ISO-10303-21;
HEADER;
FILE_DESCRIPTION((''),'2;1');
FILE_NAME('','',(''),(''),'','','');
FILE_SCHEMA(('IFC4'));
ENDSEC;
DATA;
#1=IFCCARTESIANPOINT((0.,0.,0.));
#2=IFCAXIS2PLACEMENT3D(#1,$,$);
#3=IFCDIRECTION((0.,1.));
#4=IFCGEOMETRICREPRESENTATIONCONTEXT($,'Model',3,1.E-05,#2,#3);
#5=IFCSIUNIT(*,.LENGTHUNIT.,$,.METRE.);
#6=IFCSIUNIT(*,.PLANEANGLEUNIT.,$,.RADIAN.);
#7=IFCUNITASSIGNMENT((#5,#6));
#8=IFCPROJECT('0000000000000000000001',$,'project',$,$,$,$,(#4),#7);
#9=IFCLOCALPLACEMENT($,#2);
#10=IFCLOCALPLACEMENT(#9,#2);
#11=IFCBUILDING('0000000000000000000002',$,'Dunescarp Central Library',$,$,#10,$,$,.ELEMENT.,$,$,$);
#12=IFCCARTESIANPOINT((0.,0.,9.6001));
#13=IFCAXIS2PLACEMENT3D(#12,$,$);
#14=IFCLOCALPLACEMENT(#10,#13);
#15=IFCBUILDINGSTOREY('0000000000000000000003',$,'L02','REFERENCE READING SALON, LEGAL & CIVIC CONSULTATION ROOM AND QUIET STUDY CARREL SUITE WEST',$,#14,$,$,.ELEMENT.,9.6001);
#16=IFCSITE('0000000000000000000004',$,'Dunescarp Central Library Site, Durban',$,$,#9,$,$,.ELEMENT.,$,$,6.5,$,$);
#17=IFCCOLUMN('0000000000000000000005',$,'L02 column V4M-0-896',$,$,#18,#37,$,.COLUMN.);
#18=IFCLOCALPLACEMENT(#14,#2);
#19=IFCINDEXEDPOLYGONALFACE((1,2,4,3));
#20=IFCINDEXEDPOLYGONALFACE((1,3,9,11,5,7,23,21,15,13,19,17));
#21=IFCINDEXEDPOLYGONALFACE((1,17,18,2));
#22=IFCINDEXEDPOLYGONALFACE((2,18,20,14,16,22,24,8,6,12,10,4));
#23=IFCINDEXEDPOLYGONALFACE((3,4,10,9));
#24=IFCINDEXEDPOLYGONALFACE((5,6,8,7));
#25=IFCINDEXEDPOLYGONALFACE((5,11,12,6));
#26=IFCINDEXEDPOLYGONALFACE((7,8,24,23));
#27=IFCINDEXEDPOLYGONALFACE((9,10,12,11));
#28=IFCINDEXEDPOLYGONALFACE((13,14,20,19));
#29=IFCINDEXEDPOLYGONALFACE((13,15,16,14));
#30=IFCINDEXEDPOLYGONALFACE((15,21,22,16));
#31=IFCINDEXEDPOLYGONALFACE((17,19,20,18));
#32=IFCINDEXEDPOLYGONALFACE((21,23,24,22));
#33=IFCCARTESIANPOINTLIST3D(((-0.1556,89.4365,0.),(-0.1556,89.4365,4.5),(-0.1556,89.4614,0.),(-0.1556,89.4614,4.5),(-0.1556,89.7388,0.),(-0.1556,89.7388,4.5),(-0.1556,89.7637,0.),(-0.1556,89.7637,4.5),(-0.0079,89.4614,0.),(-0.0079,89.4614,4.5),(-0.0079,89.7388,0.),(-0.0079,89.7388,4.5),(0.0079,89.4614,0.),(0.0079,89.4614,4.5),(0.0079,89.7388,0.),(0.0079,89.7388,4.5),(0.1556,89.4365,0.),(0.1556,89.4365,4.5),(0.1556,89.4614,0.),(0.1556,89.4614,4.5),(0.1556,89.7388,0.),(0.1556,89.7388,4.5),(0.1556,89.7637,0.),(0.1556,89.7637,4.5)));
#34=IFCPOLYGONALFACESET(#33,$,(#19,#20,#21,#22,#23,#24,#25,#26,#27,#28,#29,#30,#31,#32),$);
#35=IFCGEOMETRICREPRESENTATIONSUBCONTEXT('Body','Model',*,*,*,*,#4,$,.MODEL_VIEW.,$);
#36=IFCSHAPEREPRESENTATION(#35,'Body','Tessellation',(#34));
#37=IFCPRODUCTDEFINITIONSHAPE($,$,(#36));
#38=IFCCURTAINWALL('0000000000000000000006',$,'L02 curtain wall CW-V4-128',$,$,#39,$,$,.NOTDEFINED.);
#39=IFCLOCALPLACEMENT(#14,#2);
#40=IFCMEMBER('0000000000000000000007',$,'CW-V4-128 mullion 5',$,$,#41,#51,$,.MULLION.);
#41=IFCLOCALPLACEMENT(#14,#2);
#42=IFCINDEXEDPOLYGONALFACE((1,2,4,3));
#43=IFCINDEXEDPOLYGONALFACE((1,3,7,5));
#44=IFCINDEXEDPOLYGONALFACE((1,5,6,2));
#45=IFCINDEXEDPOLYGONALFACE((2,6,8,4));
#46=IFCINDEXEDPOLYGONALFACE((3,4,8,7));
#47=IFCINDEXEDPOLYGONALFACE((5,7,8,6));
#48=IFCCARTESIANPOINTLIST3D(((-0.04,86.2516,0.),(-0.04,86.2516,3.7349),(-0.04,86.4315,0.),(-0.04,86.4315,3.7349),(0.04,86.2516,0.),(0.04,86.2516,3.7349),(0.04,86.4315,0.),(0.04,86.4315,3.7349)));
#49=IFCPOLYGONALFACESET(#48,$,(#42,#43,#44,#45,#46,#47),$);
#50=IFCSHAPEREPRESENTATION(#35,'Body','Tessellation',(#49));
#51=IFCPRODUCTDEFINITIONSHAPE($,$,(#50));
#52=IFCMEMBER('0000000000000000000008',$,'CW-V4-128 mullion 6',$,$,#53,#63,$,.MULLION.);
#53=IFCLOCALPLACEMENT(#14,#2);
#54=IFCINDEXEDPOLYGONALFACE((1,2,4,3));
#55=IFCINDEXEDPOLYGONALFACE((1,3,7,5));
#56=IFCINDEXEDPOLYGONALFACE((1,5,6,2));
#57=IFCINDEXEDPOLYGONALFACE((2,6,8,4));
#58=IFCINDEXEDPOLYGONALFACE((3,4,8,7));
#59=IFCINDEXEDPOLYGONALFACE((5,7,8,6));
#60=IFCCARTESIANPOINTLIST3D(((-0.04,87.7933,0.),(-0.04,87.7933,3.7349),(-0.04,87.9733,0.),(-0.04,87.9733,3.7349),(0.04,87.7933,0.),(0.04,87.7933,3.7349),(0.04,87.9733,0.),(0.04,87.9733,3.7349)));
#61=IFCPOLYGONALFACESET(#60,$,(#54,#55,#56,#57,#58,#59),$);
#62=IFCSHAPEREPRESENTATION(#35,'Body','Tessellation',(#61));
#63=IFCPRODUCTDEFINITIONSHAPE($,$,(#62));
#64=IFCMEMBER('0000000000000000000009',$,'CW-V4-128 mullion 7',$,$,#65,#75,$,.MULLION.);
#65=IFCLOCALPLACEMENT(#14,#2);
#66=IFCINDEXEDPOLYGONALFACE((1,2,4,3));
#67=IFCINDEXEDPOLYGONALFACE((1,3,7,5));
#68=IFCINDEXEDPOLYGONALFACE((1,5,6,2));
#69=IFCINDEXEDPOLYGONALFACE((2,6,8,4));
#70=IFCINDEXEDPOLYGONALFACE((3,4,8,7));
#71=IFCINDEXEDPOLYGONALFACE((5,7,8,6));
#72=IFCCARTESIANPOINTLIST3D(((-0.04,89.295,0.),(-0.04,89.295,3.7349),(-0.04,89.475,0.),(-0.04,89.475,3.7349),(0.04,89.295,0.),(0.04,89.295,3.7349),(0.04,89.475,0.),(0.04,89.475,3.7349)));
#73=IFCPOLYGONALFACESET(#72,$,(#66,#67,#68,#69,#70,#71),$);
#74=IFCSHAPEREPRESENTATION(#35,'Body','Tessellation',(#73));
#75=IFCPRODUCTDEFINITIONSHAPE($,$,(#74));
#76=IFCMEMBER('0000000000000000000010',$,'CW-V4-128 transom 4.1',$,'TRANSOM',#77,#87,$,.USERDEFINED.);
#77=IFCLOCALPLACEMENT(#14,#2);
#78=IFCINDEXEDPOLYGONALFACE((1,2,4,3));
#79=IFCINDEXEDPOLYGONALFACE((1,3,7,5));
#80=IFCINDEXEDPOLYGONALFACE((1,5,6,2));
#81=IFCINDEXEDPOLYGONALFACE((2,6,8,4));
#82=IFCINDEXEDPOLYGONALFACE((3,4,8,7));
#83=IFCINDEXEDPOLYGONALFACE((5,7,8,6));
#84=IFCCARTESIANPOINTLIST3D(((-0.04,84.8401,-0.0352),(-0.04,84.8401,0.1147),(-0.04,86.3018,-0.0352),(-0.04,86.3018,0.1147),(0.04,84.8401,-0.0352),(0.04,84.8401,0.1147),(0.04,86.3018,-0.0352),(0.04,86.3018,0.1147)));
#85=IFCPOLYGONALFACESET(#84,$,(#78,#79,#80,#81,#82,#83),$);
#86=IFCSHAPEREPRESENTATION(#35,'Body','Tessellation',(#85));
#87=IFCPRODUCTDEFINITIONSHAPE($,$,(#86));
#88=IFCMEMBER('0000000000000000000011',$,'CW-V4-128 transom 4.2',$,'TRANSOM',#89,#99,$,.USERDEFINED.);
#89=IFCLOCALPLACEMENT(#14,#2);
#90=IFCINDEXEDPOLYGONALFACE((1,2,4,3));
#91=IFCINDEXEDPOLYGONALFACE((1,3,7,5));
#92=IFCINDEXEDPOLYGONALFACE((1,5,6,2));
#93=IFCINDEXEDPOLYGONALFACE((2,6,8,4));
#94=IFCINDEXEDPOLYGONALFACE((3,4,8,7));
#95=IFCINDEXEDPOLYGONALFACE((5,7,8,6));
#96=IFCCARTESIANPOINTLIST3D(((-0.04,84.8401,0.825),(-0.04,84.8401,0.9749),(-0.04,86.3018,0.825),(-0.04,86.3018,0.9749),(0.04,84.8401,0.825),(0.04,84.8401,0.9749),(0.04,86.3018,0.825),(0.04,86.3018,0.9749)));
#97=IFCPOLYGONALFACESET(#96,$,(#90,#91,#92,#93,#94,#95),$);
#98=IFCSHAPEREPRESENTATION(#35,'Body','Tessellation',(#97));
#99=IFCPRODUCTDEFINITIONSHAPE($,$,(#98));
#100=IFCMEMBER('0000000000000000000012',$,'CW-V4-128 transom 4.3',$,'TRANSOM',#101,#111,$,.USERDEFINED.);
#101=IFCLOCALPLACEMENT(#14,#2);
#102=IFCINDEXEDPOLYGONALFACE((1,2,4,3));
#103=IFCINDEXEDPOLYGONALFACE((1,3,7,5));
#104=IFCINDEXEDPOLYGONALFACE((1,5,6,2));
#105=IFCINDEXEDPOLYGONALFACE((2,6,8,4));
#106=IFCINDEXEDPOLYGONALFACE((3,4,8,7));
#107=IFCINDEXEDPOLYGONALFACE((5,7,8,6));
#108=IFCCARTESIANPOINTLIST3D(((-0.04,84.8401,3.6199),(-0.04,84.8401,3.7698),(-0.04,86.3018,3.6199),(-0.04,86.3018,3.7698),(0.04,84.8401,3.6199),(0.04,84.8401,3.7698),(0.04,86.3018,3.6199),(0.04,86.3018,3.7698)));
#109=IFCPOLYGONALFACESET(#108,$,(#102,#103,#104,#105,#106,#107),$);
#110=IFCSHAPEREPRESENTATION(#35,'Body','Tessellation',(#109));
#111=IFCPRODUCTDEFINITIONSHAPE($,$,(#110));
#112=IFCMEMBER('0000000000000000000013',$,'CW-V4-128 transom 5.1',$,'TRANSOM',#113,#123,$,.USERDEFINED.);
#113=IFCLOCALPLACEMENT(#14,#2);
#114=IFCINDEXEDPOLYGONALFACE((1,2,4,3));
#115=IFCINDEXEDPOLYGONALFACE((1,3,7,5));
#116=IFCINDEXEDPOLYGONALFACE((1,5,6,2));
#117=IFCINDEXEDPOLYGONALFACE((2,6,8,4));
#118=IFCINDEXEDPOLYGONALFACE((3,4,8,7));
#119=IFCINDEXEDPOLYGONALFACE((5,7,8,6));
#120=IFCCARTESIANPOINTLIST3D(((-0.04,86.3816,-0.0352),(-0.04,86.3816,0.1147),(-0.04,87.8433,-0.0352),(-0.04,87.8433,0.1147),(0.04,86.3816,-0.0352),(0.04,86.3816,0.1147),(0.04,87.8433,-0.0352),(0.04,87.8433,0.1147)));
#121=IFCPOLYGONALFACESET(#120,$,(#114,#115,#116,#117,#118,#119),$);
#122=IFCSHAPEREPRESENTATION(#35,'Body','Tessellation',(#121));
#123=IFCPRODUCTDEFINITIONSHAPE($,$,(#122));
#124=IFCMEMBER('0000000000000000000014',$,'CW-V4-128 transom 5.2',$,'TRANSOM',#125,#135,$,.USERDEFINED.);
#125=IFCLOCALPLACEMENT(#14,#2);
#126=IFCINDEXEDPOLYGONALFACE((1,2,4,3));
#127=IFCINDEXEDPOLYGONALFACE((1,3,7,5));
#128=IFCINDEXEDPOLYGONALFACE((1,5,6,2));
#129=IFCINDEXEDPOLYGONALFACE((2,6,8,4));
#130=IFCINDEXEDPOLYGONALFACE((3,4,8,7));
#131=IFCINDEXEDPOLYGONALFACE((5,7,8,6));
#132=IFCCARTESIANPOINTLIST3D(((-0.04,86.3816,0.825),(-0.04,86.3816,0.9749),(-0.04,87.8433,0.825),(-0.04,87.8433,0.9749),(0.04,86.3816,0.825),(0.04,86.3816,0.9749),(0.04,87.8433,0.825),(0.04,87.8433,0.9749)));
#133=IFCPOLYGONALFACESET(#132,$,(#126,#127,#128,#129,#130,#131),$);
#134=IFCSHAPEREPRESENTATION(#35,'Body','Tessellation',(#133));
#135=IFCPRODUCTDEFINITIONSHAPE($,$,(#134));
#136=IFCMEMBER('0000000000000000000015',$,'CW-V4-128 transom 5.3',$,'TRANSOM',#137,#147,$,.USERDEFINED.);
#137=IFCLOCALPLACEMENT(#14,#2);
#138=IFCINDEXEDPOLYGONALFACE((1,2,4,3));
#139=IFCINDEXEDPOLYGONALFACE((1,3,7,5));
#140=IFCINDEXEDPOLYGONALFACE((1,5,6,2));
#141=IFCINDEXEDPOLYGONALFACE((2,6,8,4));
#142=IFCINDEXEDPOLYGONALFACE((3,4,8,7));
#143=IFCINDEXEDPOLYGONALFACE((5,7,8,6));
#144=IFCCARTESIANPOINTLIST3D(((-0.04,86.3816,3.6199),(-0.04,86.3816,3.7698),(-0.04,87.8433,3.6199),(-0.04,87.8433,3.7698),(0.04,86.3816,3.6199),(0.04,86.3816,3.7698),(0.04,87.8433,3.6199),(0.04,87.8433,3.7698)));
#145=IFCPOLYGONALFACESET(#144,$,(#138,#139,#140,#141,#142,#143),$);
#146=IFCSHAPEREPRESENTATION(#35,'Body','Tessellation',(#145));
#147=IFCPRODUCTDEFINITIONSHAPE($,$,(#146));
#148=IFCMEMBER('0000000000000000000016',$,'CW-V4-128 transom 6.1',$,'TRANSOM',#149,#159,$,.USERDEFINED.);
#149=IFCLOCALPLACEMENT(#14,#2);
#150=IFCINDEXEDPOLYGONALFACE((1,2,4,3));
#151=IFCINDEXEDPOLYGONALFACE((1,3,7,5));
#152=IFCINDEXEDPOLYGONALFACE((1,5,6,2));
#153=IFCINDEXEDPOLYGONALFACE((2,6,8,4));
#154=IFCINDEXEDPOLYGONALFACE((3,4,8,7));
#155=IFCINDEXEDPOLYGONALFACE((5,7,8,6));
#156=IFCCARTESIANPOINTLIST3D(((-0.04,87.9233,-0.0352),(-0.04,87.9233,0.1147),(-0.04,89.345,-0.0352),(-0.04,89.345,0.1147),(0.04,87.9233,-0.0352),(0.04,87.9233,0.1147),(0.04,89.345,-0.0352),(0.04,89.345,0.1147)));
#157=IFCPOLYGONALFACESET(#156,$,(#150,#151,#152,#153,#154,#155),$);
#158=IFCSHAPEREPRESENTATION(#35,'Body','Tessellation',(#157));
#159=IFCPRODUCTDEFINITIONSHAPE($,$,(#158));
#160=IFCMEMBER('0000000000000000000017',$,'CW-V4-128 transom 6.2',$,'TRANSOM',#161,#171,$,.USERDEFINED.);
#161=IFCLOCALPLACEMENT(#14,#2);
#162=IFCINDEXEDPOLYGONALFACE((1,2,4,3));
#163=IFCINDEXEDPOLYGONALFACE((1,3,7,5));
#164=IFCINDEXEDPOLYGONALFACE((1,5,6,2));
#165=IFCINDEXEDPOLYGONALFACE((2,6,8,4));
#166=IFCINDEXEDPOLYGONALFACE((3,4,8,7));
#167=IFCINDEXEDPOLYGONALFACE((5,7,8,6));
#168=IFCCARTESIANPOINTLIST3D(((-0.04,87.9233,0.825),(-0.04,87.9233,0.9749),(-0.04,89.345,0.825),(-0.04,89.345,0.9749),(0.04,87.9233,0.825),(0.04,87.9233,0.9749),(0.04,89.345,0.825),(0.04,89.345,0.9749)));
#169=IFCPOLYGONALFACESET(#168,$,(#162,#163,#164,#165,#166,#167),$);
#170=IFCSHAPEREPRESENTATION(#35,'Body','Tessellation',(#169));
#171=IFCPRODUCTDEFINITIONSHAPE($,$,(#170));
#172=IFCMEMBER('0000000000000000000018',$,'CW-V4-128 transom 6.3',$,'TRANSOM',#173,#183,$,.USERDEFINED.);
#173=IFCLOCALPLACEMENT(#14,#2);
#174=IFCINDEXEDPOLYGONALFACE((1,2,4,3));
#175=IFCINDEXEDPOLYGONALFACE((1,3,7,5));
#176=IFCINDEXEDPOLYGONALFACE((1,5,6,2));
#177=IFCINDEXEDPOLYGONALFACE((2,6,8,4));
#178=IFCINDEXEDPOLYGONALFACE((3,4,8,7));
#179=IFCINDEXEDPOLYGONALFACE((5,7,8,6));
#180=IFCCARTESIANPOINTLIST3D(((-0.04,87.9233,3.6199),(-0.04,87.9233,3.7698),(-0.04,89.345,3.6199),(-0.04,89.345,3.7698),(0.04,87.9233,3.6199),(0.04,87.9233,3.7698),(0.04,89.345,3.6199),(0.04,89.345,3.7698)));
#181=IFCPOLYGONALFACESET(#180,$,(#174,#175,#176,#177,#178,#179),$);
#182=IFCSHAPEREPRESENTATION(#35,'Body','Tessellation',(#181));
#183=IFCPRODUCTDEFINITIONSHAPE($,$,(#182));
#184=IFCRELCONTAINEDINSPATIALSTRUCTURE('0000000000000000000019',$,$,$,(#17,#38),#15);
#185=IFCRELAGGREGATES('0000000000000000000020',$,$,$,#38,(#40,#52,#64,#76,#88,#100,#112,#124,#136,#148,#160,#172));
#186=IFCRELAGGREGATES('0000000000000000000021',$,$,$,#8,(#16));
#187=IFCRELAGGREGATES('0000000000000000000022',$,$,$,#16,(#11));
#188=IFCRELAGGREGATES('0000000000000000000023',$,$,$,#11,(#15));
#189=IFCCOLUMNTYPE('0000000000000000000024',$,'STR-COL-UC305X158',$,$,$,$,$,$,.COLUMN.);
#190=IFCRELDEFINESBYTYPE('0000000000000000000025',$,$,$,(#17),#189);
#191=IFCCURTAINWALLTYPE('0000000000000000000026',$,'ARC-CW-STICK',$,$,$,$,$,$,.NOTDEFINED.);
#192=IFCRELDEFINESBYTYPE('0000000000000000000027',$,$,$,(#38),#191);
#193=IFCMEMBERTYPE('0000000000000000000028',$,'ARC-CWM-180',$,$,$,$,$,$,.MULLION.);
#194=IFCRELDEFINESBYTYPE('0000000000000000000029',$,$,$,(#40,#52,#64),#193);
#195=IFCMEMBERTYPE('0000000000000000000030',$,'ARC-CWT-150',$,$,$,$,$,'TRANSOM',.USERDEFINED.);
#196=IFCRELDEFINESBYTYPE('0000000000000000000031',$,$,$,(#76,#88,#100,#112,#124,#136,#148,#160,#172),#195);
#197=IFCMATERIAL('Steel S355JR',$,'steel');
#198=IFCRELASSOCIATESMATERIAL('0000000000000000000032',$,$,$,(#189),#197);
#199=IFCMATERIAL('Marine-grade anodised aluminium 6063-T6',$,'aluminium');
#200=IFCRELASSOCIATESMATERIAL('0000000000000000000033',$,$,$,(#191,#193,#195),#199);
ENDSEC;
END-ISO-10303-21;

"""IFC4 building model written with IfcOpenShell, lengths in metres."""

from ifc_helpers import new_model, si_unit, direction, frame, origin, origin_2d, place, context, subcontext, project, spatial, rectangle, i_section, extrude, material, material_profile, profile_set, type_object, element, aggregate, save


model = new_model("IFC4")

# Units and contexts
model_context = context("Model", 3, precision=1e-05, world=origin(), true_north=direction((0.0, 1.0)))
body_context = subcontext(model_context, "Body", "Model", "MODEL_VIEW")
ifc_project = project(units=[si_unit("LENGTHUNIT", "METRE"), si_unit("PLANEANGLEUNIT", "RADIAN")], contexts=[model_context])

# Site, building, storey
site_placement = place(None, origin())
site = spatial("IfcSite", under=ifc_project, at=site_placement, Name="Dunescarp Central Library Site, Durban", CompositionType="ELEMENT", RefElevation=6.5)
building_placement = place(site_placement, origin())
building = spatial("IfcBuilding", under=site, at=building_placement, Name="Dunescarp Central Library", CompositionType="ELEMENT")
storey_placement = place(building_placement, frame((0.0, 0.0, 9.6001)))
storey = spatial("IfcBuildingStorey", under=building, at=storey_placement, Name="L02", Description="REFERENCE READING SALON, LEGAL & CIVIC CONSULTATION ROOM AND QUIET STUDY CARREL SUITE WEST", CompositionType="ELEMENT", Elevation=9.6001)

# Column
ifc_material_1 = material(Name="Steel S355JR", Category="steel")
ifc_material_profile_1 = material_profile(ifc_material_1, i_section(OverallWidth=0.3113, OverallDepth=0.3271, WebThickness=0.0159, FlangeThickness=0.0249, at=origin_2d()), Name="UC 305x305x158")
ifc_profile_set_1 = profile_set([ifc_material_profile_1], Name="Steel S355JR")
column_type = type_object("IfcColumnType", Name="STR-COL-UC305X158", PredefinedType="COLUMN", material=ifc_profile_set_1)
column_placement = place(storey_placement, frame((0.0, 89.6001, 0.0), z_axis=(0.0, 0.0, 1.0), x_axis=(1.0, 0.0, 0.0)))
element("IfcColumn", 1, at=column_placement, inside=storey, type_object=column_type, Name="L02 column V4M-0-896", PredefinedType="COLUMN", context=body_context, shape_type="SweptSolid", body=[
    extrude(i_section(OverallWidth=0.3113, OverallDepth=0.3271, WebThickness=0.0159, FlangeThickness=0.0249, at=origin_2d()), origin(), (0.0, 0.0, 1.0), 4.5),
])

# Curtain wall, members
ifc_material_2 = material(Name="Marine-grade anodised aluminium 6063-T6", Category="aluminium")
curtain_wall_type = type_object("IfcCurtainWallType", Name="ARC-CW-STICK", PredefinedType="NOTDEFINED", material=ifc_material_2)
curtain_wall_placement = place(storey_placement, origin())
curtain_wall = element("IfcCurtainWall", 2, at=curtain_wall_placement, inside=storey, type_object=curtain_wall_type, Name="L02 curtain wall CW-V4-128", PredefinedType="NOTDEFINED")
ifc_material_profile_2 = material_profile(ifc_material_2, rectangle(XDim=0.0801, YDim=0.1799, at=origin_2d()), Name="AL 80x180")
ifc_profile_set_2 = profile_set([ifc_material_profile_2], Name="Marine-grade anodised aluminium 6063-T6")
member_type_1 = type_object("IfcMemberType", Name="ARC-CWM-180", PredefinedType="MULLION", material=ifc_profile_set_2)
member_1_placement = place(storey_placement, frame((0.0, 86.3416, 0.0), z_axis=(0.0, 0.0, 1.0), x_axis=(-1.0, 0.0, 0.0)))
member_1 = element("IfcMember", 3, at=member_1_placement, type_object=member_type_1, Name="CW-V4-128 mullion 5", PredefinedType="MULLION", context=body_context, shape_type="SweptSolid", body=[
    extrude(rectangle(XDim=0.0801, YDim=0.1799, at=origin_2d()), origin(), (0.0, 0.0, 1.0), 3.7349),
])
member_2_placement = place(storey_placement, frame((0.0, 87.8833, 0.0), z_axis=(0.0, 0.0, 1.0), x_axis=(-1.0, 0.0, 0.0)))
member_2 = element("IfcMember", 4, at=member_2_placement, type_object=member_type_1, Name="CW-V4-128 mullion 6", PredefinedType="MULLION", context=body_context, shape_type="SweptSolid", body=[
    extrude(rectangle(XDim=0.0801, YDim=0.1799, at=origin_2d()), origin(), (0.0, 0.0, 1.0), 3.7349),
])
member_3_placement = place(storey_placement, frame((0.0, 89.385, 0.0), z_axis=(0.0, 0.0, 1.0), x_axis=(-1.0, 0.0, 0.0)))
member_3 = element("IfcMember", 5, at=member_3_placement, type_object=member_type_1, Name="CW-V4-128 mullion 7", PredefinedType="MULLION", context=body_context, shape_type="SweptSolid", body=[
    extrude(rectangle(XDim=0.0801, YDim=0.1799, at=origin_2d()), origin(), (0.0, 0.0, 1.0), 3.7349),
])
ifc_material_profile_3 = material_profile(ifc_material_2, rectangle(XDim=0.0801, YDim=0.1499, at=origin_2d()), Name="AL 80x150")
ifc_profile_set_3 = profile_set([ifc_material_profile_3], Name="Marine-grade anodised aluminium 6063-T6")
member_type_2 = type_object("IfcMemberType", Name="ARC-CWT-150", ElementType="TRANSOM", PredefinedType="USERDEFINED", material=ifc_profile_set_3)
member_4_placement = place(storey_placement, frame((0.0, 84.8401, 0.0398), z_axis=(0.0, 1.0, 0.0), x_axis=(-1.0, 0.0, 0.0)))
member_4 = element("IfcMember", 6, at=member_4_placement, type_object=member_type_2, Name="CW-V4-128 transom 4.1", ObjectType="TRANSOM", PredefinedType="USERDEFINED", context=body_context, shape_type="SweptSolid", body=[
    extrude(rectangle(XDim=0.0801, YDim=0.1499, at=origin_2d()), origin(), (0.0, 0.0, 1.0), 1.4617),
])
member_5_placement = place(storey_placement, frame((0.0, 84.8401, 0.8999), z_axis=(0.0, 1.0, 0.0), x_axis=(-1.0, 0.0, 0.0)))
member_5 = element("IfcMember", 7, at=member_5_placement, type_object=member_type_2, Name="CW-V4-128 transom 4.2", ObjectType="TRANSOM", PredefinedType="USERDEFINED", context=body_context, shape_type="SweptSolid", body=[
    extrude(rectangle(XDim=0.0801, YDim=0.1499, at=origin_2d()), origin(), (0.0, 0.0, 1.0), 1.4617),
])
member_6_placement = place(storey_placement, frame((0.0, 84.8401, 3.6948), z_axis=(0.0, 1.0, 0.0), x_axis=(-1.0, 0.0, 0.0)))
member_6 = element("IfcMember", 8, at=member_6_placement, type_object=member_type_2, Name="CW-V4-128 transom 4.3", ObjectType="TRANSOM", PredefinedType="USERDEFINED", context=body_context, shape_type="SweptSolid", body=[
    extrude(rectangle(XDim=0.0801, YDim=0.1499, at=origin_2d()), origin(), (0.0, 0.0, 1.0), 1.4617),
])
member_7_placement = place(storey_placement, frame((0.0, 86.3816, 0.0398), z_axis=(0.0, 1.0, 0.0), x_axis=(-1.0, 0.0, 0.0)))
member_7 = element("IfcMember", 9, at=member_7_placement, type_object=member_type_2, Name="CW-V4-128 transom 5.1", ObjectType="TRANSOM", PredefinedType="USERDEFINED", context=body_context, shape_type="SweptSolid", body=[
    extrude(rectangle(XDim=0.0801, YDim=0.1499, at=origin_2d()), origin(), (0.0, 0.0, 1.0), 1.4617),
])
member_8_placement = place(storey_placement, frame((0.0, 86.3816, 0.8999), z_axis=(0.0, 1.0, 0.0), x_axis=(-1.0, 0.0, 0.0)))
member_8 = element("IfcMember", 10, at=member_8_placement, type_object=member_type_2, Name="CW-V4-128 transom 5.2", ObjectType="TRANSOM", PredefinedType="USERDEFINED", context=body_context, shape_type="SweptSolid", body=[
    extrude(rectangle(XDim=0.0801, YDim=0.1499, at=origin_2d()), origin(), (0.0, 0.0, 1.0), 1.4617),
])
member_9_placement = place(storey_placement, frame((0.0, 86.3816, 3.6948), z_axis=(0.0, 1.0, 0.0), x_axis=(-1.0, 0.0, 0.0)))
member_9 = element("IfcMember", 11, at=member_9_placement, type_object=member_type_2, Name="CW-V4-128 transom 5.3", ObjectType="TRANSOM", PredefinedType="USERDEFINED", context=body_context, shape_type="SweptSolid", body=[
    extrude(rectangle(XDim=0.0801, YDim=0.1499, at=origin_2d()), origin(), (0.0, 0.0, 1.0), 1.4617),
])
member_10_placement = place(storey_placement, frame((0.0, 87.9233, 0.0398), z_axis=(0.0, 1.0, 0.0), x_axis=(-1.0, 0.0, 0.0)))
member_10 = element("IfcMember", 12, at=member_10_placement, type_object=member_type_2, Name="CW-V4-128 transom 6.1", ObjectType="TRANSOM", PredefinedType="USERDEFINED", context=body_context, shape_type="SweptSolid", body=[
    extrude(rectangle(XDim=0.0801, YDim=0.1499, at=origin_2d()), origin(), (0.0, 0.0, 1.0), 1.4216),
])
member_11_placement = place(storey_placement, frame((0.0, 87.9233, 0.8999), z_axis=(0.0, 1.0, 0.0), x_axis=(-1.0, 0.0, 0.0)))
member_11 = element("IfcMember", 13, at=member_11_placement, type_object=member_type_2, Name="CW-V4-128 transom 6.2", ObjectType="TRANSOM", PredefinedType="USERDEFINED", context=body_context, shape_type="SweptSolid", body=[
    extrude(rectangle(XDim=0.0801, YDim=0.1499, at=origin_2d()), origin(), (0.0, 0.0, 1.0), 1.4216),
])
member_12_placement = place(storey_placement, frame((0.0, 87.9233, 3.6948), z_axis=(0.0, 1.0, 0.0), x_axis=(-1.0, 0.0, 0.0)))
member_12 = element("IfcMember", 14, at=member_12_placement, type_object=member_type_2, Name="CW-V4-128 transom 6.3", ObjectType="TRANSOM", PredefinedType="USERDEFINED", context=body_context, shape_type="SweptSolid", body=[
    extrude(rectangle(XDim=0.0801, YDim=0.1499, at=origin_2d()), origin(), (0.0, 0.0, 1.0), 1.4216),
])
aggregate(curtain_wall, [member_1, member_2, member_3, member_4, member_5, member_6, member_7, member_8, member_9, member_10, member_11, member_12])

save(model, "model.ifc")
